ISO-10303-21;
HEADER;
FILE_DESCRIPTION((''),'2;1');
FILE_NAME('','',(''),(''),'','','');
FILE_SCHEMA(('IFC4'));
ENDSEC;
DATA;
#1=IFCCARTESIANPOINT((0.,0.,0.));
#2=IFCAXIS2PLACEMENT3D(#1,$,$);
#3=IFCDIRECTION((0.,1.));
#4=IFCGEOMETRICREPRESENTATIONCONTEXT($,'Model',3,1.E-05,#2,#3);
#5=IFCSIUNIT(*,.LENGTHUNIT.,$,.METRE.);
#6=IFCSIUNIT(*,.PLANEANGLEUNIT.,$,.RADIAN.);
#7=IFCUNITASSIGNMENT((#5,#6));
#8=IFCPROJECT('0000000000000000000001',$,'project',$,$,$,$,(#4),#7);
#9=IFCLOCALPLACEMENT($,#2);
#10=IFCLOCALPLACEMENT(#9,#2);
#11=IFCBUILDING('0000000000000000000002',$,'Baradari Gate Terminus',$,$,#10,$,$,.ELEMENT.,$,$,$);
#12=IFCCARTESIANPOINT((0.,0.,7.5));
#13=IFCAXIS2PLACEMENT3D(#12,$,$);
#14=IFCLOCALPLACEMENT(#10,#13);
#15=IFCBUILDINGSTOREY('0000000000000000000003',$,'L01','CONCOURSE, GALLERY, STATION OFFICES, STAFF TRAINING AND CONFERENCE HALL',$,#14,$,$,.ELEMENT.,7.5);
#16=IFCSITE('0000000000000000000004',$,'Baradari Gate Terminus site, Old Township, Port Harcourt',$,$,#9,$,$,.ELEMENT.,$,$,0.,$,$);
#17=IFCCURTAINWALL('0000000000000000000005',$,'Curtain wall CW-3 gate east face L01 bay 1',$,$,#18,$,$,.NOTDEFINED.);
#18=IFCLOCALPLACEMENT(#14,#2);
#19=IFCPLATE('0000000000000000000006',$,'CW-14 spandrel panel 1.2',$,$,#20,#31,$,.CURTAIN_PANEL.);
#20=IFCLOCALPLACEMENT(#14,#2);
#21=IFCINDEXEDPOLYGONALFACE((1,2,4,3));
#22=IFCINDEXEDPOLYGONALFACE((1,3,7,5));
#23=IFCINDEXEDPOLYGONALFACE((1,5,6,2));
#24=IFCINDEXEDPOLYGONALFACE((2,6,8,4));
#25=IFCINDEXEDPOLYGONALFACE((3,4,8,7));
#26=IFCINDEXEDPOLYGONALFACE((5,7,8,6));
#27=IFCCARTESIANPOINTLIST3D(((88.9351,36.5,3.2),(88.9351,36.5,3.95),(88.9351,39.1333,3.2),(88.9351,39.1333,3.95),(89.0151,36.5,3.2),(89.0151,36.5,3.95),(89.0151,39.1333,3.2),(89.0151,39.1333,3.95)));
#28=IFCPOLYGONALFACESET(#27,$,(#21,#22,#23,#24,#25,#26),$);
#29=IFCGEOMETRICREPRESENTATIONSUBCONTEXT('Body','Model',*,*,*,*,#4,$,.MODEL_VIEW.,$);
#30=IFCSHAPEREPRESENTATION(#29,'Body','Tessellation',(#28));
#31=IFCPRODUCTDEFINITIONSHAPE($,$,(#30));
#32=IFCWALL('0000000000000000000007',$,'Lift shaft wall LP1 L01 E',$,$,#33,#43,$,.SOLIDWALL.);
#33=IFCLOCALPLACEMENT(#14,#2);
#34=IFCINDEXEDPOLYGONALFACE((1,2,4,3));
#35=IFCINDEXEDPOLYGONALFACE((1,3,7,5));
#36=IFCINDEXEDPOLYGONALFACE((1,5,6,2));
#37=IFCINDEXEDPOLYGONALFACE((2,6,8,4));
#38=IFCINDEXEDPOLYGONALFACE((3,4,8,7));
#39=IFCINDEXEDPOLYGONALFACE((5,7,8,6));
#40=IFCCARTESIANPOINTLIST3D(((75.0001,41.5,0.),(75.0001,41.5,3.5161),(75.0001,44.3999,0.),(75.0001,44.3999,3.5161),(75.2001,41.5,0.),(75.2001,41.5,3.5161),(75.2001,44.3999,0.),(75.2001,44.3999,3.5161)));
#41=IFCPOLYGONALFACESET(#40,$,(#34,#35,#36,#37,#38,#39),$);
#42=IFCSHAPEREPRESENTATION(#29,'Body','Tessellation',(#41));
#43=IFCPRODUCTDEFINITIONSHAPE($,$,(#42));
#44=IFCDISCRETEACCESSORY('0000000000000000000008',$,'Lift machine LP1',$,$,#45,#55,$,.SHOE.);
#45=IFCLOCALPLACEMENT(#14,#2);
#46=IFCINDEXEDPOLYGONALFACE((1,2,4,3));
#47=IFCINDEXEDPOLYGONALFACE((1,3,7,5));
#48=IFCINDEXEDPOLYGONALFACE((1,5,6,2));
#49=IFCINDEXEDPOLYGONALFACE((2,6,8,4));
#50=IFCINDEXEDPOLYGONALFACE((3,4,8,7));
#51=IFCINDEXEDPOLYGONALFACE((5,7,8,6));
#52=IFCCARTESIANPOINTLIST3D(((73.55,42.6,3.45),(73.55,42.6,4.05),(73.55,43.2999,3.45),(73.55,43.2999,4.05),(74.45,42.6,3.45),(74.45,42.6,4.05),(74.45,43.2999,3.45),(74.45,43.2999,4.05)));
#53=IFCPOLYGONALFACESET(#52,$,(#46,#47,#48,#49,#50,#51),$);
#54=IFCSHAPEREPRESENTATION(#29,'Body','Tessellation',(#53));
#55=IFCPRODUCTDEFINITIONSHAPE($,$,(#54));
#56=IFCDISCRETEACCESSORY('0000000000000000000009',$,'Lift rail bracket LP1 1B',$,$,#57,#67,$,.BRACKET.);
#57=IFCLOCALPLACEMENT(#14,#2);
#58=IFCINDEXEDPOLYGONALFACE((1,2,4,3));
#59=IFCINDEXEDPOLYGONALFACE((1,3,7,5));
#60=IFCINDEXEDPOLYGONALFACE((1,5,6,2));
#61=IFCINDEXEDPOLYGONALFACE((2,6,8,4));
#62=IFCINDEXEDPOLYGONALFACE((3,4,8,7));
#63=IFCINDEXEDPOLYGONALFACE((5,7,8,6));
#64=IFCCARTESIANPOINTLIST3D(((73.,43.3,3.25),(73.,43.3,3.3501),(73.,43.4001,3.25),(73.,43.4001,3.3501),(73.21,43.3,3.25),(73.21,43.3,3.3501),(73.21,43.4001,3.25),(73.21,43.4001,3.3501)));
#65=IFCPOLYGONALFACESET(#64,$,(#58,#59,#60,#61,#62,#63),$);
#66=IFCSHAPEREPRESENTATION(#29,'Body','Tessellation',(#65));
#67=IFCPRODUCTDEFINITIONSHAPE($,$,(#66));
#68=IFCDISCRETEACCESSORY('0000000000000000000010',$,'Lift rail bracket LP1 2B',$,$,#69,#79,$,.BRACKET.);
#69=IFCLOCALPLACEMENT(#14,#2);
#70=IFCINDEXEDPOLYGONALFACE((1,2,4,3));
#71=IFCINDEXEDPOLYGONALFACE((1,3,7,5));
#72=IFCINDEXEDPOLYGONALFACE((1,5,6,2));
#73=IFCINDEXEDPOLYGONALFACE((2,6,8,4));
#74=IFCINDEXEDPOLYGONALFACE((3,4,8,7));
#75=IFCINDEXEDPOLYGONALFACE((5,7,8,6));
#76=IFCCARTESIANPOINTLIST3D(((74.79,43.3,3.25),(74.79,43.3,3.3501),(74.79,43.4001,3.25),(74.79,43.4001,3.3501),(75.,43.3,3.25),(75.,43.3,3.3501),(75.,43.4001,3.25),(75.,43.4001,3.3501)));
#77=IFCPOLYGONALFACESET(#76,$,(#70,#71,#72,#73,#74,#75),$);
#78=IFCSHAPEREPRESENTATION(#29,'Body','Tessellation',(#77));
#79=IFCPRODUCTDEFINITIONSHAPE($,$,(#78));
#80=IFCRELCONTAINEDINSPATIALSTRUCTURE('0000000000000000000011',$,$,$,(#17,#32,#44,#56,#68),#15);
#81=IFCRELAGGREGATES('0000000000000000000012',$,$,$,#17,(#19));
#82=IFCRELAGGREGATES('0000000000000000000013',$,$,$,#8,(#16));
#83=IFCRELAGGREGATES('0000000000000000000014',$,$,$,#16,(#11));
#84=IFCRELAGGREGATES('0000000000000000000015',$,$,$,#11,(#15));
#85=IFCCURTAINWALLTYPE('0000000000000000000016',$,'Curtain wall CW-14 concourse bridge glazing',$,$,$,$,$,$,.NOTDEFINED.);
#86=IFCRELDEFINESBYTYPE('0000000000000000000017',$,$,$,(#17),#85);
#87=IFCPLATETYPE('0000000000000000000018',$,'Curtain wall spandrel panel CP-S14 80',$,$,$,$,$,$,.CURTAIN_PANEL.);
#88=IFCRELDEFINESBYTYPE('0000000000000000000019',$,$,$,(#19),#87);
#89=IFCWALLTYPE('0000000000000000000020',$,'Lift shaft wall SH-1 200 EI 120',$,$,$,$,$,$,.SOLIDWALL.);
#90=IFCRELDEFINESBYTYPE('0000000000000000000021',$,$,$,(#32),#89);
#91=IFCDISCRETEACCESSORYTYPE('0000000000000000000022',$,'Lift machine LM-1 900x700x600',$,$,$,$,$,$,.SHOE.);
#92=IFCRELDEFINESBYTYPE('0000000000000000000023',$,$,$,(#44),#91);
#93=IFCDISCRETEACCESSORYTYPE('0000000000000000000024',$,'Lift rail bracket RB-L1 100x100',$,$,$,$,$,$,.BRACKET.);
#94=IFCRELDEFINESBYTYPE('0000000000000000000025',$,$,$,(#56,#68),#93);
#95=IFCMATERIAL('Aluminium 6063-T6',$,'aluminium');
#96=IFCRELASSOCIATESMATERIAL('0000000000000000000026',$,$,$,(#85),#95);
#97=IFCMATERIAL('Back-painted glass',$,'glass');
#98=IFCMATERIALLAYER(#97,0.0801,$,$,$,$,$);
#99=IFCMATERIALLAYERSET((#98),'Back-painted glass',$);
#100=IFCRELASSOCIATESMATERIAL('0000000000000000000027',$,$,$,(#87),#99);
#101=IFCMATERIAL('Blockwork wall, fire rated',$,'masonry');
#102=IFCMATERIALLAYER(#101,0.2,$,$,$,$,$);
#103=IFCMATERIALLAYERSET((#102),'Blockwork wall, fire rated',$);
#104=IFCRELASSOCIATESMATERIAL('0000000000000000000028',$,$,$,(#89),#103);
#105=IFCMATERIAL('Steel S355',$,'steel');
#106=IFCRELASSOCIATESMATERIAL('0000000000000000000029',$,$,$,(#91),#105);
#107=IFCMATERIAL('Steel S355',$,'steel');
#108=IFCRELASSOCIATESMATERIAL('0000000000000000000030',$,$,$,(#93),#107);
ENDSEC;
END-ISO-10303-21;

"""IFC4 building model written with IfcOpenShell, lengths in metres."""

from ifc_helpers import new_model, si_unit, direction, frame, frame_2d, origin, origin_2d, place, context, subcontext, project, spatial, rectangle, extrude, material, layer, layer_set, type_object, element, aggregate, save


model = new_model("IFC4")

# Units and contexts
model_context = context("Model", 3, precision=1e-05, world=origin(), true_north=direction((0.0, 1.0)))
body_context = subcontext(model_context, "Body", "Model", "MODEL_VIEW")
ifc_project = project(units=[si_unit("LENGTHUNIT", "METRE"), si_unit("PLANEANGLEUNIT", "RADIAN")], contexts=[model_context])

# Site, building, storey
site_placement = place(None, origin())
site = spatial("IfcSite", under=ifc_project, at=site_placement, Name="Baradari Gate Terminus site, Old Township, Port Harcourt", CompositionType="ELEMENT", RefElevation=0.0)
building_placement = place(site_placement, origin())
building = spatial("IfcBuilding", under=site, at=building_placement, Name="Baradari Gate Terminus", CompositionType="ELEMENT")
storey_placement = place(building_placement, frame((0.0, 0.0, 7.5)))
storey = spatial("IfcBuildingStorey", under=building, at=storey_placement, Name="L01", Description="CONCOURSE, GALLERY, STATION OFFICES, STAFF TRAINING AND CONFERENCE HALL", CompositionType="ELEMENT", Elevation=7.5)

# Curtain wall
ifc_material_1 = material(Name="Aluminium 6063-T6", Category="aluminium")
curtain_wall_type = type_object("IfcCurtainWallType", Name="Curtain wall CW-14 concourse bridge glazing", PredefinedType="NOTDEFINED", material=ifc_material_1)
curtain_wall_placement = place(storey_placement, origin())
curtain_wall = element("IfcCurtainWall", 1, at=curtain_wall_placement, inside=storey, type_object=curtain_wall_type, Name="Curtain wall CW-3 gate east face L01 bay 1", PredefinedType="NOTDEFINED")

# Plate
ifc_material_2 = material(Name="Back-painted glass", Category="glass")
ifc_layer_1 = layer(ifc_material_2, 0.0801)
ifc_layer_set_1 = layer_set([ifc_layer_1], Name="Back-painted glass")
plate_type_1 = type_object("IfcPlateType", Name="Curtain wall spandrel panel CP-S14 80", PredefinedType="CURTAIN_PANEL", material=ifc_layer_set_1)
plate_1_placement = place(storey_placement, frame((88.9751, 37.8167, 3.2), z_axis=(0.0, 0.0, 1.0), x_axis=(0.0, 1.0, 0.0)))
plate_1 = element("IfcPlate", 2, at=plate_1_placement, type_object=plate_type_1, Name="CW-14 spandrel panel 1.2", PredefinedType="CURTAIN_PANEL", context=body_context, shape_type="SweptSolid", body=[
    extrude(rectangle(XDim=2.6333, YDim=0.0801, at=origin_2d()), origin(), (0.0, 0.0, 1.0), 0.75),
])
aggregate(curtain_wall, [plate_1])

# Wall
ifc_material_3 = material(Name="Blockwork wall, fire rated", Category="masonry")
ifc_layer_2 = layer(ifc_material_3, 0.2)
ifc_layer_set_2 = layer_set([ifc_layer_2], Name="Blockwork wall, fire rated")
wall_type = type_object("IfcWallType", Name="Lift shaft wall SH-1 200 EI 120", PredefinedType="SOLIDWALL", material=ifc_layer_set_2)
wall_placement = place(storey_placement, frame((75.1001, 41.5, 0.0), z_axis=(0.0, 0.0, 1.0), x_axis=(0.0, 1.0, 0.0)))
element("IfcWall", 3, at=wall_placement, inside=storey, type_object=wall_type, Name="Lift shaft wall LP1 L01 E", PredefinedType="SOLIDWALL", context=body_context, shape_type="SweptSolid", body=[
    extrude(rectangle(XDim=2.8999, YDim=0.2, at=frame_2d((1.45, 0.0))), origin(), (0.0, 0.0, 1.0), 3.5161),
])

# Discrete accessories
ifc_material_4 = material(Name="Steel S355", Category="steel")
discrete_accessory_type_1 = type_object("IfcDiscreteAccessoryType", Name="Lift machine LM-1 900x700x600", PredefinedType="SHOE", material=ifc_material_4)
discrete_accessory_placement = place(storey_placement, frame((74.0, 42.95, 3.45), z_axis=(0.0, 0.0, 1.0), x_axis=(1.0, 0.0, 0.0)))
element("IfcDiscreteAccessory", 4, at=discrete_accessory_placement, inside=storey, type_object=discrete_accessory_type_1, Name="Lift machine LP1", PredefinedType="SHOE", context=body_context, shape_type="SweptSolid", body=[
    extrude(rectangle(XDim=0.8999, YDim=0.7, at=origin_2d()), origin(), (0.0, 0.0, 1.0), 0.6001),
])
ifc_material_5 = material(Name="Steel S355", Category="steel")
discrete_accessory_type_2 = type_object("IfcDiscreteAccessoryType", Name="Lift rail bracket RB-L1 100x100", PredefinedType="BRACKET", material=ifc_material_5)
for number, where, z_axis, x_axis, name in (
    (5, (73.105, 43.3501, 3.25), (0.0, 0.0, 1.0), (1.0, 0.0, 0.0), "Lift rail bracket LP1 1B"),
    (6, (74.895, 43.3501, 3.25), (0.0, 0.0, 1.0), (1.0, 0.0, 0.0), "Lift rail bracket LP1 2B"),
):
    element("IfcDiscreteAccessory", number, at=place(storey_placement, frame(where, z_axis=z_axis, x_axis=x_axis)), inside=storey, type_object=discrete_accessory_type_2, Name=name, PredefinedType="BRACKET", context=body_context, shape_type="SweptSolid", body=[
        extrude(rectangle(XDim=0.21, YDim=0.1001, at=origin_2d()), origin(), (0.0, 0.0, 1.0), 0.1001),
    ])

save(model, "model.ifc")
